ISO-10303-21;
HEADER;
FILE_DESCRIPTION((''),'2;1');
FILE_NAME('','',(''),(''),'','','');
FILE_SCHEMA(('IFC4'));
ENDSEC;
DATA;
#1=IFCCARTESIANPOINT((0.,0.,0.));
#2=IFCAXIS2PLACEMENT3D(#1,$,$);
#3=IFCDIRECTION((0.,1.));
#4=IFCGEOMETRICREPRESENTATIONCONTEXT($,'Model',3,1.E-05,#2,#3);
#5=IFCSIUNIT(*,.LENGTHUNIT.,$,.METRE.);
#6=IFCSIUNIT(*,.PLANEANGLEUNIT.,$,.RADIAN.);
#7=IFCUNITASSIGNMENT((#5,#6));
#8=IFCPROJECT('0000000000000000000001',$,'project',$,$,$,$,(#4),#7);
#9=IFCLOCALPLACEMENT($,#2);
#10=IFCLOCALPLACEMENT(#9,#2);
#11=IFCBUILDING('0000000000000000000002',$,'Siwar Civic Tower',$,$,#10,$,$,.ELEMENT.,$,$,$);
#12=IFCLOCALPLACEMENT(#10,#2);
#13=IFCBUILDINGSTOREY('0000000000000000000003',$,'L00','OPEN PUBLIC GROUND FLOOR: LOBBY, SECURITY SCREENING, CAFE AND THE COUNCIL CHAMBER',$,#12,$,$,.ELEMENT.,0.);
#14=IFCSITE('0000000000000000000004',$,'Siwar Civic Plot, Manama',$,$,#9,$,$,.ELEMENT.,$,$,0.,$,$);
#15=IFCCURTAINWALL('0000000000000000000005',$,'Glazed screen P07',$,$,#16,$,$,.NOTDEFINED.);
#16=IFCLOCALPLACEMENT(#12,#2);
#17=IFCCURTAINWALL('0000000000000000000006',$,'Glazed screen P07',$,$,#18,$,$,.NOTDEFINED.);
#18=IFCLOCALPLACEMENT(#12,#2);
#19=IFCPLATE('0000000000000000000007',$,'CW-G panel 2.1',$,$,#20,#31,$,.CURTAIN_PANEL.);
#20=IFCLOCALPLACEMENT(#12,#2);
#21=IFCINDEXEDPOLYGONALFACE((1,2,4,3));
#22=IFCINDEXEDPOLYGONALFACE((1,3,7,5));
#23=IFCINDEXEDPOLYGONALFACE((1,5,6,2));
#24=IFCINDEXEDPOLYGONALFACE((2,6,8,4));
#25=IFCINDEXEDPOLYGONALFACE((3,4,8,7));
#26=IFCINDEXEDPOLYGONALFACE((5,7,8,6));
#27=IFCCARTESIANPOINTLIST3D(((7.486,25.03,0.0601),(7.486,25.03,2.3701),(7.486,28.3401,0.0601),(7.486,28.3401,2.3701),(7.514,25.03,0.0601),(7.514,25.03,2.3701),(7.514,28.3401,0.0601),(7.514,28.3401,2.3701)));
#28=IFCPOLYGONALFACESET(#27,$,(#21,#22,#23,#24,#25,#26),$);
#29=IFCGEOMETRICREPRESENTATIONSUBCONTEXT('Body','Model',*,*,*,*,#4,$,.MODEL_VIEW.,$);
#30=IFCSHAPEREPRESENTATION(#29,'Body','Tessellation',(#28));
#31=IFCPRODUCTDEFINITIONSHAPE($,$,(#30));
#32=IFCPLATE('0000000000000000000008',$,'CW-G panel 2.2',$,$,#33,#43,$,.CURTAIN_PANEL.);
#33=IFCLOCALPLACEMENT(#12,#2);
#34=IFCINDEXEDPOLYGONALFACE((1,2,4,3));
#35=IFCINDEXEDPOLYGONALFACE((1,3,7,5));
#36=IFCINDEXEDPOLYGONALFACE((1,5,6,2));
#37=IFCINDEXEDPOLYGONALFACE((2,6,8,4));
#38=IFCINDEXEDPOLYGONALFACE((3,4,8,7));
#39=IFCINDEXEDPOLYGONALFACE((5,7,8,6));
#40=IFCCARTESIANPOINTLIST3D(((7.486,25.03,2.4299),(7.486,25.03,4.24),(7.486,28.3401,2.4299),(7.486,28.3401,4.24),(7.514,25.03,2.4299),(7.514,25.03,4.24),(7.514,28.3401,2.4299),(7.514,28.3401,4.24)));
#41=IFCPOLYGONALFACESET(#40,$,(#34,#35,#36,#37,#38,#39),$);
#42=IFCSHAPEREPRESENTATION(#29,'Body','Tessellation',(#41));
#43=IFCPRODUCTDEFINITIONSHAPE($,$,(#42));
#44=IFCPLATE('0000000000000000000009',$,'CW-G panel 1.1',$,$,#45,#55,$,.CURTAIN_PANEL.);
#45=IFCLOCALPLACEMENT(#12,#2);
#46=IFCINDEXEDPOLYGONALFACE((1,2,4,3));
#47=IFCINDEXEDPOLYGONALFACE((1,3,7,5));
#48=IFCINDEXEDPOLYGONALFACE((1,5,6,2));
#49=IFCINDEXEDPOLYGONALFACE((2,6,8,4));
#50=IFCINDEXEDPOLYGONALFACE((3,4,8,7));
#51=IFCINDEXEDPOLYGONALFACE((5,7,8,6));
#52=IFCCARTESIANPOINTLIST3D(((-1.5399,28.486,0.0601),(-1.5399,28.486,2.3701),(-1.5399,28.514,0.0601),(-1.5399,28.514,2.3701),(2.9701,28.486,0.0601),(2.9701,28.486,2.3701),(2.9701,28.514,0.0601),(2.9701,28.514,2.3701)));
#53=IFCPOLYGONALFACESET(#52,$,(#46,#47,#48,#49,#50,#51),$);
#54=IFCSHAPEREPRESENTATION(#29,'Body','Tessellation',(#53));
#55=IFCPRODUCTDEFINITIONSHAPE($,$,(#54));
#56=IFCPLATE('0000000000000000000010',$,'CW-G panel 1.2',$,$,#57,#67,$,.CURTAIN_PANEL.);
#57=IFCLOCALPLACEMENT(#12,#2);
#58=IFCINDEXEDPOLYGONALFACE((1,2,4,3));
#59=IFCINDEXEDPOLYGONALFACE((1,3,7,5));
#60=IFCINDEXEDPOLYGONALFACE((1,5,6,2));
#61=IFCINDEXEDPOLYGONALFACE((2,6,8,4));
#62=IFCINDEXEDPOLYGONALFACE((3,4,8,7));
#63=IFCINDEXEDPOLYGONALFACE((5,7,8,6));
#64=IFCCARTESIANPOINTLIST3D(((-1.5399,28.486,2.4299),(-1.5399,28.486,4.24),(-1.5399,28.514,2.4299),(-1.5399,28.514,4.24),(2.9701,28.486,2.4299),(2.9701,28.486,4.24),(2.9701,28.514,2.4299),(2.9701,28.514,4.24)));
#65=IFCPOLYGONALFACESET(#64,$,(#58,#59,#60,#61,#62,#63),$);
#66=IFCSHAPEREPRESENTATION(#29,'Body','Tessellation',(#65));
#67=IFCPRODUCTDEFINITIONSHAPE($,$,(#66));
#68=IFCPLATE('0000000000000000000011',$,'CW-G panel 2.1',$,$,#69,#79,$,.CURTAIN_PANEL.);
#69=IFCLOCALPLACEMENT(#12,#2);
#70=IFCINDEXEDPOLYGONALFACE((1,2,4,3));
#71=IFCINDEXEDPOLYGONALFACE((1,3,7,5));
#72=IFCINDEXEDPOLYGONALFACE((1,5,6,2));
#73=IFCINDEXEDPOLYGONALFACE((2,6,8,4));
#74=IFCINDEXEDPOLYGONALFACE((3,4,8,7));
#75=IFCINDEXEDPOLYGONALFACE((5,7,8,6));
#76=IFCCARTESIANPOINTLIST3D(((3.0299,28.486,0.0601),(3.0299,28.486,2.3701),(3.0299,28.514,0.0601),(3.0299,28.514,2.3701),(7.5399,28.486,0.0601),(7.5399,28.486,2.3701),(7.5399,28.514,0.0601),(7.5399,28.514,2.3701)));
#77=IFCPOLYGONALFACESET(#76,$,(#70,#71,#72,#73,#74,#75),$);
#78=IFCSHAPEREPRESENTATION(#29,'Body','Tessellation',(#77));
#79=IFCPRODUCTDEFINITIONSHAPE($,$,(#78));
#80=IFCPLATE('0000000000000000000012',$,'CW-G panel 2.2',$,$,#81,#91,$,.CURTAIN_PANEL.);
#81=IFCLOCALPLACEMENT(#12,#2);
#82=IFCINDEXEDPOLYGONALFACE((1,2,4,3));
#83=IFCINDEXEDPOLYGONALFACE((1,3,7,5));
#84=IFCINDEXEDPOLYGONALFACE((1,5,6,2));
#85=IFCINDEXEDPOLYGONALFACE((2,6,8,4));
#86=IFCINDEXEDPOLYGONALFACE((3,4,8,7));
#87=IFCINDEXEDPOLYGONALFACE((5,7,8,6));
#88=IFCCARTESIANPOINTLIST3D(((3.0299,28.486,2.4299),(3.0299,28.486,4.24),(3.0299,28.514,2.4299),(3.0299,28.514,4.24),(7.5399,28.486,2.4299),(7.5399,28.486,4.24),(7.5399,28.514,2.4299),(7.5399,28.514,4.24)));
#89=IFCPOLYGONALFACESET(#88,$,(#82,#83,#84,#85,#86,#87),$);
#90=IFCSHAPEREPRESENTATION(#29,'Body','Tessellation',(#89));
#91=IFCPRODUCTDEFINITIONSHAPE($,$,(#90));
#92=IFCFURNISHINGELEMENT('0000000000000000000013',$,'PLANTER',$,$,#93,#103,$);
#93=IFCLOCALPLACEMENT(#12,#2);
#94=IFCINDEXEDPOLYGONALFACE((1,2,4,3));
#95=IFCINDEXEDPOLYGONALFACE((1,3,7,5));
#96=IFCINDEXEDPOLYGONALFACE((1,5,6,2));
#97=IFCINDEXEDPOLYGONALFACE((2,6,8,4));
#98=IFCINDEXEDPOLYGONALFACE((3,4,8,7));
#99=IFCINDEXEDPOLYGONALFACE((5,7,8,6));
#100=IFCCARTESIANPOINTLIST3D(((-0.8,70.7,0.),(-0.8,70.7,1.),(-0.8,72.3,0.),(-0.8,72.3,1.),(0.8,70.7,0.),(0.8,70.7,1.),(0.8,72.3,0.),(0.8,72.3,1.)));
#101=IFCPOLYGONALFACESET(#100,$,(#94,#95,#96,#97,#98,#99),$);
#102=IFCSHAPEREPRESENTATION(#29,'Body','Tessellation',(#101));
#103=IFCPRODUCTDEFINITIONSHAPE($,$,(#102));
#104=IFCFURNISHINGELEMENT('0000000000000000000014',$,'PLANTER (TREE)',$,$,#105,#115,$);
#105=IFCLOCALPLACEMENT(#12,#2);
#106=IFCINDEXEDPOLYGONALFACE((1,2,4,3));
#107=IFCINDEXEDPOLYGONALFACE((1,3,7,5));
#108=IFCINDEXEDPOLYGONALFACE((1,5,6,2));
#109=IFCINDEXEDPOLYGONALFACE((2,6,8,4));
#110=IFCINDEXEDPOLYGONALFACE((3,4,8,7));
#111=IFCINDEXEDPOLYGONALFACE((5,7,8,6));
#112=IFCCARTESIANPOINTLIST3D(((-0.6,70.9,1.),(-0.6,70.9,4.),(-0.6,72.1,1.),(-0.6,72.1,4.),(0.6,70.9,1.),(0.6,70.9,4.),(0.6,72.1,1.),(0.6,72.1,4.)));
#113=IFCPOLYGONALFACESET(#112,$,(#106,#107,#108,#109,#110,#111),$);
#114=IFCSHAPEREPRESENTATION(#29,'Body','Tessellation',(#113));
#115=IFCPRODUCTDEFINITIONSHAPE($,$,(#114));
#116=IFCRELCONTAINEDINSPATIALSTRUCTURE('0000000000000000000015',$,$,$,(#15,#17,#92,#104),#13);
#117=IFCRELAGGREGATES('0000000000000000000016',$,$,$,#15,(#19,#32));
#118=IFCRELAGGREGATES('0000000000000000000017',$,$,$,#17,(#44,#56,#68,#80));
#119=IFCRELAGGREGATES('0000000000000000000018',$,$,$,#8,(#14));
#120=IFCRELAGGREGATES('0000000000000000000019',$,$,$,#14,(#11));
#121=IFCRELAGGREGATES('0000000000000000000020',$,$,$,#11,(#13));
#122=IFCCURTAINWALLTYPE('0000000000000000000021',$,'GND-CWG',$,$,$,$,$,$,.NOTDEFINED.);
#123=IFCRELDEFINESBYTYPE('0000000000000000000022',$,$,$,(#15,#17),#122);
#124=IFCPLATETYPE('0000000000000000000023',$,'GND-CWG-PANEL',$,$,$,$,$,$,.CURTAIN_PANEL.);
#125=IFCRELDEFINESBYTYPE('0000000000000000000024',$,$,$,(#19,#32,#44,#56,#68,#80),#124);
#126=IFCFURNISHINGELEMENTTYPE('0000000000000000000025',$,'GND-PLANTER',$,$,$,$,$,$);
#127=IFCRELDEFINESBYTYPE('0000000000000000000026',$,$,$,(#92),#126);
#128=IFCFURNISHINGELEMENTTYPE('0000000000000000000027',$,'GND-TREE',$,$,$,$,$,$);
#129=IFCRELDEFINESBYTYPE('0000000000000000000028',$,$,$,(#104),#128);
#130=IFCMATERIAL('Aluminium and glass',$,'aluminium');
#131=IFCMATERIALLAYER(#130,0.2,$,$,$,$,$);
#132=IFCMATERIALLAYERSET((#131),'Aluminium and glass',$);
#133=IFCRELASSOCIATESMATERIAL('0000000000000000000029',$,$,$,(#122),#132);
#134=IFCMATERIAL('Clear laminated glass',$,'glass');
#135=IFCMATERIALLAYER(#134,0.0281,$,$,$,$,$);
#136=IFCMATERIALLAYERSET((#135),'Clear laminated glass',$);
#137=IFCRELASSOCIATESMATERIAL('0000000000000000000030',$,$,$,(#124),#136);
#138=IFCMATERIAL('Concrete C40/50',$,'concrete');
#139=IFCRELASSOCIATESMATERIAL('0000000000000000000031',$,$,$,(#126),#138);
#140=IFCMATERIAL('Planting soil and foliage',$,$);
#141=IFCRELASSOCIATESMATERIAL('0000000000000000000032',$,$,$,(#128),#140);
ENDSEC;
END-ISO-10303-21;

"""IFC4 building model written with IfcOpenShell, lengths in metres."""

from ifc_helpers import new_model, si_unit, direction, frame, origin, origin_2d, place, context, subcontext, project, spatial, rectangle, extrude, material, layer, layer_set, type_object, element, aggregate, save


model = new_model("IFC4")

# Units and contexts
model_context = context("Model", 3, precision=1e-05, world=origin(), true_north=direction((0.0, 1.0)))
body_context = subcontext(model_context, "Body", "Model", "MODEL_VIEW")
ifc_project = project(units=[si_unit("LENGTHUNIT", "METRE"), si_unit("PLANEANGLEUNIT", "RADIAN")], contexts=[model_context])

# Site, building, storey
site_placement = place(None, origin())
site = spatial("IfcSite", under=ifc_project, at=site_placement, Name="Siwar Civic Plot, Manama", CompositionType="ELEMENT", RefElevation=0.0)
building_placement = place(site_placement, origin())
building = spatial("IfcBuilding", under=site, at=building_placement, Name="Siwar Civic Tower", CompositionType="ELEMENT")
storey_placement = place(building_placement, origin())
storey = spatial("IfcBuildingStorey", under=building, at=storey_placement, Name="L00", Description="OPEN PUBLIC GROUND FLOOR: LOBBY, SECURITY SCREENING, CAFE AND THE COUNCIL CHAMBER", CompositionType="ELEMENT", Elevation=0.0)

# Curtain wall
ifc_material_1 = material(Name="Aluminium and glass", Category="aluminium")
ifc_layer_1 = layer(ifc_material_1, 0.2)
ifc_layer_set_1 = layer_set([ifc_layer_1], Name="Aluminium and glass")
curtain_wall_type = type_object("IfcCurtainWallType", Name="GND-CWG", PredefinedType="NOTDEFINED", material=ifc_layer_set_1)
curtain_wall_1_placement = place(storey_placement, origin())
curtain_wall_1 = element("IfcCurtainWall", 1, at=curtain_wall_1_placement, inside=storey, type_object=curtain_wall_type, Name="Glazed screen P07", PredefinedType="NOTDEFINED")

# Curtain wall
curtain_wall_2_placement = place(storey_placement, origin())
curtain_wall_2 = element("IfcCurtainWall", 2, at=curtain_wall_2_placement, inside=storey, type_object=curtain_wall_type, Name="Glazed screen P07", PredefinedType="NOTDEFINED")

# Plates
ifc_material_2 = material(Name="Clear laminated glass", Category="glass")
ifc_layer_2 = layer(ifc_material_2, 0.0281)
ifc_layer_set_2 = layer_set([ifc_layer_2], Name="Clear laminated glass")
plate_type = type_object("IfcPlateType", Name="GND-CWG-PANEL", PredefinedType="CURTAIN_PANEL", material=ifc_layer_set_2)
plate_1_placement = place(storey_placement, frame((7.5, 26.6851, 0.0601), z_axis=(0.0, 0.0, 1.0), x_axis=(0.0, 1.0, 0.0)))
plate_1 = element("IfcPlate", 3, at=plate_1_placement, type_object=plate_type, Name="CW-G panel 2.1", PredefinedType="CURTAIN_PANEL", context=body_context, shape_type="SweptSolid", body=[
    extrude(rectangle(XDim=3.3101, YDim=0.0281, at=origin_2d()), origin(), (0.0, 0.0, 1.0), 2.3101),
])
plate_2_placement = place(storey_placement, frame((7.5, 26.6851, 2.4299), z_axis=(0.0, 0.0, 1.0), x_axis=(0.0, 1.0, 0.0)))
plate_2 = element("IfcPlate", 4, at=plate_2_placement, type_object=plate_type, Name="CW-G panel 2.2", PredefinedType="CURTAIN_PANEL", context=body_context, shape_type="SweptSolid", body=[
    extrude(rectangle(XDim=3.3101, YDim=0.0281, at=origin_2d()), origin(), (0.0, 0.0, 1.0), 1.8101),
])
aggregate(curtain_wall_1, [plate_1, plate_2])
plate_3_placement = place(storey_placement, frame((0.7151, 28.5, 0.0601), z_axis=(0.0, 0.0, 1.0), x_axis=(1.0, 0.0, 0.0)))
plate_3 = element("IfcPlate", 5, at=plate_3_placement, type_object=plate_type, Name="CW-G panel 1.1", PredefinedType="CURTAIN_PANEL", context=body_context, shape_type="SweptSolid", body=[
    extrude(rectangle(XDim=4.51, YDim=0.0281, at=origin_2d()), origin(), (0.0, 0.0, 1.0), 2.3101),
])
plate_4_placement = place(storey_placement, frame((0.7151, 28.5, 2.4299), z_axis=(0.0, 0.0, 1.0), x_axis=(1.0, 0.0, 0.0)))
plate_4 = element("IfcPlate", 6, at=plate_4_placement, type_object=plate_type, Name="CW-G panel 1.2", PredefinedType="CURTAIN_PANEL", context=body_context, shape_type="SweptSolid", body=[
    extrude(rectangle(XDim=4.51, YDim=0.0281, at=origin_2d()), origin(), (0.0, 0.0, 1.0), 1.8101),
])
plate_5_placement = place(storey_placement, frame((5.2849, 28.5, 0.0601), z_axis=(0.0, 0.0, 1.0), x_axis=(1.0, 0.0, 0.0)))
plate_5 = element("IfcPlate", 7, at=plate_5_placement, type_object=plate_type, Name="CW-G panel 2.1", PredefinedType="CURTAIN_PANEL", context=body_context, shape_type="SweptSolid", body=[
    extrude(rectangle(XDim=4.51, YDim=0.0281, at=origin_2d()), origin(), (0.0, 0.0, 1.0), 2.3101),
])
plate_6_placement = place(storey_placement, frame((5.2849, 28.5, 2.4299), z_axis=(0.0, 0.0, 1.0), x_axis=(1.0, 0.0, 0.0)))
plate_6 = element("IfcPlate", 8, at=plate_6_placement, type_object=plate_type, Name="CW-G panel 2.2", PredefinedType="CURTAIN_PANEL", context=body_context, shape_type="SweptSolid", body=[
    extrude(rectangle(XDim=4.51, YDim=0.0281, at=origin_2d()), origin(), (0.0, 0.0, 1.0), 1.8101),
])
aggregate(curtain_wall_2, [plate_3, plate_4, plate_5, plate_6])

# Furnishing elements
ifc_material_3 = material(Name="Concrete C40/50", Category="concrete")
furnishing_element_type_1 = type_object("IfcFurnishingElementType", Name="GND-PLANTER", material=ifc_material_3)
furnishing_1_placement = place(storey_placement, frame((0.0, 71.5, 0.0), z_axis=(0.0, 0.0, 1.0), x_axis=(1.0, 0.0, 0.0)))
element("IfcFurnishingElement", 9, at=furnishing_1_placement, inside=storey, type_object=furnishing_element_type_1, Name="PLANTER", context=body_context, shape_type="SweptSolid", body=[
    extrude(rectangle(XDim=1.6001, YDim=1.6001, at=origin_2d()), origin(), (0.0, 0.0, 1.0), 1.0),
])
ifc_material_4 = material(Name="Planting soil and foliage")
furnishing_element_type_2 = type_object("IfcFurnishingElementType", Name="GND-TREE", material=ifc_material_4)
furnishing_2_placement = place(storey_placement, frame((0.0, 71.5, 1.0), z_axis=(0.0, 0.0, 1.0), x_axis=(1.0, 0.0, 0.0)))
element("IfcFurnishingElement", 10, at=furnishing_2_placement, inside=storey, type_object=furnishing_element_type_2, Name="PLANTER (TREE)", context=body_context, shape_type="SweptSolid", body=[
    extrude(rectangle(XDim=1.2, YDim=1.2, at=origin_2d()), origin(), (0.0, 0.0, 1.0), 3.0),
])

save(model, "model.ifc")
